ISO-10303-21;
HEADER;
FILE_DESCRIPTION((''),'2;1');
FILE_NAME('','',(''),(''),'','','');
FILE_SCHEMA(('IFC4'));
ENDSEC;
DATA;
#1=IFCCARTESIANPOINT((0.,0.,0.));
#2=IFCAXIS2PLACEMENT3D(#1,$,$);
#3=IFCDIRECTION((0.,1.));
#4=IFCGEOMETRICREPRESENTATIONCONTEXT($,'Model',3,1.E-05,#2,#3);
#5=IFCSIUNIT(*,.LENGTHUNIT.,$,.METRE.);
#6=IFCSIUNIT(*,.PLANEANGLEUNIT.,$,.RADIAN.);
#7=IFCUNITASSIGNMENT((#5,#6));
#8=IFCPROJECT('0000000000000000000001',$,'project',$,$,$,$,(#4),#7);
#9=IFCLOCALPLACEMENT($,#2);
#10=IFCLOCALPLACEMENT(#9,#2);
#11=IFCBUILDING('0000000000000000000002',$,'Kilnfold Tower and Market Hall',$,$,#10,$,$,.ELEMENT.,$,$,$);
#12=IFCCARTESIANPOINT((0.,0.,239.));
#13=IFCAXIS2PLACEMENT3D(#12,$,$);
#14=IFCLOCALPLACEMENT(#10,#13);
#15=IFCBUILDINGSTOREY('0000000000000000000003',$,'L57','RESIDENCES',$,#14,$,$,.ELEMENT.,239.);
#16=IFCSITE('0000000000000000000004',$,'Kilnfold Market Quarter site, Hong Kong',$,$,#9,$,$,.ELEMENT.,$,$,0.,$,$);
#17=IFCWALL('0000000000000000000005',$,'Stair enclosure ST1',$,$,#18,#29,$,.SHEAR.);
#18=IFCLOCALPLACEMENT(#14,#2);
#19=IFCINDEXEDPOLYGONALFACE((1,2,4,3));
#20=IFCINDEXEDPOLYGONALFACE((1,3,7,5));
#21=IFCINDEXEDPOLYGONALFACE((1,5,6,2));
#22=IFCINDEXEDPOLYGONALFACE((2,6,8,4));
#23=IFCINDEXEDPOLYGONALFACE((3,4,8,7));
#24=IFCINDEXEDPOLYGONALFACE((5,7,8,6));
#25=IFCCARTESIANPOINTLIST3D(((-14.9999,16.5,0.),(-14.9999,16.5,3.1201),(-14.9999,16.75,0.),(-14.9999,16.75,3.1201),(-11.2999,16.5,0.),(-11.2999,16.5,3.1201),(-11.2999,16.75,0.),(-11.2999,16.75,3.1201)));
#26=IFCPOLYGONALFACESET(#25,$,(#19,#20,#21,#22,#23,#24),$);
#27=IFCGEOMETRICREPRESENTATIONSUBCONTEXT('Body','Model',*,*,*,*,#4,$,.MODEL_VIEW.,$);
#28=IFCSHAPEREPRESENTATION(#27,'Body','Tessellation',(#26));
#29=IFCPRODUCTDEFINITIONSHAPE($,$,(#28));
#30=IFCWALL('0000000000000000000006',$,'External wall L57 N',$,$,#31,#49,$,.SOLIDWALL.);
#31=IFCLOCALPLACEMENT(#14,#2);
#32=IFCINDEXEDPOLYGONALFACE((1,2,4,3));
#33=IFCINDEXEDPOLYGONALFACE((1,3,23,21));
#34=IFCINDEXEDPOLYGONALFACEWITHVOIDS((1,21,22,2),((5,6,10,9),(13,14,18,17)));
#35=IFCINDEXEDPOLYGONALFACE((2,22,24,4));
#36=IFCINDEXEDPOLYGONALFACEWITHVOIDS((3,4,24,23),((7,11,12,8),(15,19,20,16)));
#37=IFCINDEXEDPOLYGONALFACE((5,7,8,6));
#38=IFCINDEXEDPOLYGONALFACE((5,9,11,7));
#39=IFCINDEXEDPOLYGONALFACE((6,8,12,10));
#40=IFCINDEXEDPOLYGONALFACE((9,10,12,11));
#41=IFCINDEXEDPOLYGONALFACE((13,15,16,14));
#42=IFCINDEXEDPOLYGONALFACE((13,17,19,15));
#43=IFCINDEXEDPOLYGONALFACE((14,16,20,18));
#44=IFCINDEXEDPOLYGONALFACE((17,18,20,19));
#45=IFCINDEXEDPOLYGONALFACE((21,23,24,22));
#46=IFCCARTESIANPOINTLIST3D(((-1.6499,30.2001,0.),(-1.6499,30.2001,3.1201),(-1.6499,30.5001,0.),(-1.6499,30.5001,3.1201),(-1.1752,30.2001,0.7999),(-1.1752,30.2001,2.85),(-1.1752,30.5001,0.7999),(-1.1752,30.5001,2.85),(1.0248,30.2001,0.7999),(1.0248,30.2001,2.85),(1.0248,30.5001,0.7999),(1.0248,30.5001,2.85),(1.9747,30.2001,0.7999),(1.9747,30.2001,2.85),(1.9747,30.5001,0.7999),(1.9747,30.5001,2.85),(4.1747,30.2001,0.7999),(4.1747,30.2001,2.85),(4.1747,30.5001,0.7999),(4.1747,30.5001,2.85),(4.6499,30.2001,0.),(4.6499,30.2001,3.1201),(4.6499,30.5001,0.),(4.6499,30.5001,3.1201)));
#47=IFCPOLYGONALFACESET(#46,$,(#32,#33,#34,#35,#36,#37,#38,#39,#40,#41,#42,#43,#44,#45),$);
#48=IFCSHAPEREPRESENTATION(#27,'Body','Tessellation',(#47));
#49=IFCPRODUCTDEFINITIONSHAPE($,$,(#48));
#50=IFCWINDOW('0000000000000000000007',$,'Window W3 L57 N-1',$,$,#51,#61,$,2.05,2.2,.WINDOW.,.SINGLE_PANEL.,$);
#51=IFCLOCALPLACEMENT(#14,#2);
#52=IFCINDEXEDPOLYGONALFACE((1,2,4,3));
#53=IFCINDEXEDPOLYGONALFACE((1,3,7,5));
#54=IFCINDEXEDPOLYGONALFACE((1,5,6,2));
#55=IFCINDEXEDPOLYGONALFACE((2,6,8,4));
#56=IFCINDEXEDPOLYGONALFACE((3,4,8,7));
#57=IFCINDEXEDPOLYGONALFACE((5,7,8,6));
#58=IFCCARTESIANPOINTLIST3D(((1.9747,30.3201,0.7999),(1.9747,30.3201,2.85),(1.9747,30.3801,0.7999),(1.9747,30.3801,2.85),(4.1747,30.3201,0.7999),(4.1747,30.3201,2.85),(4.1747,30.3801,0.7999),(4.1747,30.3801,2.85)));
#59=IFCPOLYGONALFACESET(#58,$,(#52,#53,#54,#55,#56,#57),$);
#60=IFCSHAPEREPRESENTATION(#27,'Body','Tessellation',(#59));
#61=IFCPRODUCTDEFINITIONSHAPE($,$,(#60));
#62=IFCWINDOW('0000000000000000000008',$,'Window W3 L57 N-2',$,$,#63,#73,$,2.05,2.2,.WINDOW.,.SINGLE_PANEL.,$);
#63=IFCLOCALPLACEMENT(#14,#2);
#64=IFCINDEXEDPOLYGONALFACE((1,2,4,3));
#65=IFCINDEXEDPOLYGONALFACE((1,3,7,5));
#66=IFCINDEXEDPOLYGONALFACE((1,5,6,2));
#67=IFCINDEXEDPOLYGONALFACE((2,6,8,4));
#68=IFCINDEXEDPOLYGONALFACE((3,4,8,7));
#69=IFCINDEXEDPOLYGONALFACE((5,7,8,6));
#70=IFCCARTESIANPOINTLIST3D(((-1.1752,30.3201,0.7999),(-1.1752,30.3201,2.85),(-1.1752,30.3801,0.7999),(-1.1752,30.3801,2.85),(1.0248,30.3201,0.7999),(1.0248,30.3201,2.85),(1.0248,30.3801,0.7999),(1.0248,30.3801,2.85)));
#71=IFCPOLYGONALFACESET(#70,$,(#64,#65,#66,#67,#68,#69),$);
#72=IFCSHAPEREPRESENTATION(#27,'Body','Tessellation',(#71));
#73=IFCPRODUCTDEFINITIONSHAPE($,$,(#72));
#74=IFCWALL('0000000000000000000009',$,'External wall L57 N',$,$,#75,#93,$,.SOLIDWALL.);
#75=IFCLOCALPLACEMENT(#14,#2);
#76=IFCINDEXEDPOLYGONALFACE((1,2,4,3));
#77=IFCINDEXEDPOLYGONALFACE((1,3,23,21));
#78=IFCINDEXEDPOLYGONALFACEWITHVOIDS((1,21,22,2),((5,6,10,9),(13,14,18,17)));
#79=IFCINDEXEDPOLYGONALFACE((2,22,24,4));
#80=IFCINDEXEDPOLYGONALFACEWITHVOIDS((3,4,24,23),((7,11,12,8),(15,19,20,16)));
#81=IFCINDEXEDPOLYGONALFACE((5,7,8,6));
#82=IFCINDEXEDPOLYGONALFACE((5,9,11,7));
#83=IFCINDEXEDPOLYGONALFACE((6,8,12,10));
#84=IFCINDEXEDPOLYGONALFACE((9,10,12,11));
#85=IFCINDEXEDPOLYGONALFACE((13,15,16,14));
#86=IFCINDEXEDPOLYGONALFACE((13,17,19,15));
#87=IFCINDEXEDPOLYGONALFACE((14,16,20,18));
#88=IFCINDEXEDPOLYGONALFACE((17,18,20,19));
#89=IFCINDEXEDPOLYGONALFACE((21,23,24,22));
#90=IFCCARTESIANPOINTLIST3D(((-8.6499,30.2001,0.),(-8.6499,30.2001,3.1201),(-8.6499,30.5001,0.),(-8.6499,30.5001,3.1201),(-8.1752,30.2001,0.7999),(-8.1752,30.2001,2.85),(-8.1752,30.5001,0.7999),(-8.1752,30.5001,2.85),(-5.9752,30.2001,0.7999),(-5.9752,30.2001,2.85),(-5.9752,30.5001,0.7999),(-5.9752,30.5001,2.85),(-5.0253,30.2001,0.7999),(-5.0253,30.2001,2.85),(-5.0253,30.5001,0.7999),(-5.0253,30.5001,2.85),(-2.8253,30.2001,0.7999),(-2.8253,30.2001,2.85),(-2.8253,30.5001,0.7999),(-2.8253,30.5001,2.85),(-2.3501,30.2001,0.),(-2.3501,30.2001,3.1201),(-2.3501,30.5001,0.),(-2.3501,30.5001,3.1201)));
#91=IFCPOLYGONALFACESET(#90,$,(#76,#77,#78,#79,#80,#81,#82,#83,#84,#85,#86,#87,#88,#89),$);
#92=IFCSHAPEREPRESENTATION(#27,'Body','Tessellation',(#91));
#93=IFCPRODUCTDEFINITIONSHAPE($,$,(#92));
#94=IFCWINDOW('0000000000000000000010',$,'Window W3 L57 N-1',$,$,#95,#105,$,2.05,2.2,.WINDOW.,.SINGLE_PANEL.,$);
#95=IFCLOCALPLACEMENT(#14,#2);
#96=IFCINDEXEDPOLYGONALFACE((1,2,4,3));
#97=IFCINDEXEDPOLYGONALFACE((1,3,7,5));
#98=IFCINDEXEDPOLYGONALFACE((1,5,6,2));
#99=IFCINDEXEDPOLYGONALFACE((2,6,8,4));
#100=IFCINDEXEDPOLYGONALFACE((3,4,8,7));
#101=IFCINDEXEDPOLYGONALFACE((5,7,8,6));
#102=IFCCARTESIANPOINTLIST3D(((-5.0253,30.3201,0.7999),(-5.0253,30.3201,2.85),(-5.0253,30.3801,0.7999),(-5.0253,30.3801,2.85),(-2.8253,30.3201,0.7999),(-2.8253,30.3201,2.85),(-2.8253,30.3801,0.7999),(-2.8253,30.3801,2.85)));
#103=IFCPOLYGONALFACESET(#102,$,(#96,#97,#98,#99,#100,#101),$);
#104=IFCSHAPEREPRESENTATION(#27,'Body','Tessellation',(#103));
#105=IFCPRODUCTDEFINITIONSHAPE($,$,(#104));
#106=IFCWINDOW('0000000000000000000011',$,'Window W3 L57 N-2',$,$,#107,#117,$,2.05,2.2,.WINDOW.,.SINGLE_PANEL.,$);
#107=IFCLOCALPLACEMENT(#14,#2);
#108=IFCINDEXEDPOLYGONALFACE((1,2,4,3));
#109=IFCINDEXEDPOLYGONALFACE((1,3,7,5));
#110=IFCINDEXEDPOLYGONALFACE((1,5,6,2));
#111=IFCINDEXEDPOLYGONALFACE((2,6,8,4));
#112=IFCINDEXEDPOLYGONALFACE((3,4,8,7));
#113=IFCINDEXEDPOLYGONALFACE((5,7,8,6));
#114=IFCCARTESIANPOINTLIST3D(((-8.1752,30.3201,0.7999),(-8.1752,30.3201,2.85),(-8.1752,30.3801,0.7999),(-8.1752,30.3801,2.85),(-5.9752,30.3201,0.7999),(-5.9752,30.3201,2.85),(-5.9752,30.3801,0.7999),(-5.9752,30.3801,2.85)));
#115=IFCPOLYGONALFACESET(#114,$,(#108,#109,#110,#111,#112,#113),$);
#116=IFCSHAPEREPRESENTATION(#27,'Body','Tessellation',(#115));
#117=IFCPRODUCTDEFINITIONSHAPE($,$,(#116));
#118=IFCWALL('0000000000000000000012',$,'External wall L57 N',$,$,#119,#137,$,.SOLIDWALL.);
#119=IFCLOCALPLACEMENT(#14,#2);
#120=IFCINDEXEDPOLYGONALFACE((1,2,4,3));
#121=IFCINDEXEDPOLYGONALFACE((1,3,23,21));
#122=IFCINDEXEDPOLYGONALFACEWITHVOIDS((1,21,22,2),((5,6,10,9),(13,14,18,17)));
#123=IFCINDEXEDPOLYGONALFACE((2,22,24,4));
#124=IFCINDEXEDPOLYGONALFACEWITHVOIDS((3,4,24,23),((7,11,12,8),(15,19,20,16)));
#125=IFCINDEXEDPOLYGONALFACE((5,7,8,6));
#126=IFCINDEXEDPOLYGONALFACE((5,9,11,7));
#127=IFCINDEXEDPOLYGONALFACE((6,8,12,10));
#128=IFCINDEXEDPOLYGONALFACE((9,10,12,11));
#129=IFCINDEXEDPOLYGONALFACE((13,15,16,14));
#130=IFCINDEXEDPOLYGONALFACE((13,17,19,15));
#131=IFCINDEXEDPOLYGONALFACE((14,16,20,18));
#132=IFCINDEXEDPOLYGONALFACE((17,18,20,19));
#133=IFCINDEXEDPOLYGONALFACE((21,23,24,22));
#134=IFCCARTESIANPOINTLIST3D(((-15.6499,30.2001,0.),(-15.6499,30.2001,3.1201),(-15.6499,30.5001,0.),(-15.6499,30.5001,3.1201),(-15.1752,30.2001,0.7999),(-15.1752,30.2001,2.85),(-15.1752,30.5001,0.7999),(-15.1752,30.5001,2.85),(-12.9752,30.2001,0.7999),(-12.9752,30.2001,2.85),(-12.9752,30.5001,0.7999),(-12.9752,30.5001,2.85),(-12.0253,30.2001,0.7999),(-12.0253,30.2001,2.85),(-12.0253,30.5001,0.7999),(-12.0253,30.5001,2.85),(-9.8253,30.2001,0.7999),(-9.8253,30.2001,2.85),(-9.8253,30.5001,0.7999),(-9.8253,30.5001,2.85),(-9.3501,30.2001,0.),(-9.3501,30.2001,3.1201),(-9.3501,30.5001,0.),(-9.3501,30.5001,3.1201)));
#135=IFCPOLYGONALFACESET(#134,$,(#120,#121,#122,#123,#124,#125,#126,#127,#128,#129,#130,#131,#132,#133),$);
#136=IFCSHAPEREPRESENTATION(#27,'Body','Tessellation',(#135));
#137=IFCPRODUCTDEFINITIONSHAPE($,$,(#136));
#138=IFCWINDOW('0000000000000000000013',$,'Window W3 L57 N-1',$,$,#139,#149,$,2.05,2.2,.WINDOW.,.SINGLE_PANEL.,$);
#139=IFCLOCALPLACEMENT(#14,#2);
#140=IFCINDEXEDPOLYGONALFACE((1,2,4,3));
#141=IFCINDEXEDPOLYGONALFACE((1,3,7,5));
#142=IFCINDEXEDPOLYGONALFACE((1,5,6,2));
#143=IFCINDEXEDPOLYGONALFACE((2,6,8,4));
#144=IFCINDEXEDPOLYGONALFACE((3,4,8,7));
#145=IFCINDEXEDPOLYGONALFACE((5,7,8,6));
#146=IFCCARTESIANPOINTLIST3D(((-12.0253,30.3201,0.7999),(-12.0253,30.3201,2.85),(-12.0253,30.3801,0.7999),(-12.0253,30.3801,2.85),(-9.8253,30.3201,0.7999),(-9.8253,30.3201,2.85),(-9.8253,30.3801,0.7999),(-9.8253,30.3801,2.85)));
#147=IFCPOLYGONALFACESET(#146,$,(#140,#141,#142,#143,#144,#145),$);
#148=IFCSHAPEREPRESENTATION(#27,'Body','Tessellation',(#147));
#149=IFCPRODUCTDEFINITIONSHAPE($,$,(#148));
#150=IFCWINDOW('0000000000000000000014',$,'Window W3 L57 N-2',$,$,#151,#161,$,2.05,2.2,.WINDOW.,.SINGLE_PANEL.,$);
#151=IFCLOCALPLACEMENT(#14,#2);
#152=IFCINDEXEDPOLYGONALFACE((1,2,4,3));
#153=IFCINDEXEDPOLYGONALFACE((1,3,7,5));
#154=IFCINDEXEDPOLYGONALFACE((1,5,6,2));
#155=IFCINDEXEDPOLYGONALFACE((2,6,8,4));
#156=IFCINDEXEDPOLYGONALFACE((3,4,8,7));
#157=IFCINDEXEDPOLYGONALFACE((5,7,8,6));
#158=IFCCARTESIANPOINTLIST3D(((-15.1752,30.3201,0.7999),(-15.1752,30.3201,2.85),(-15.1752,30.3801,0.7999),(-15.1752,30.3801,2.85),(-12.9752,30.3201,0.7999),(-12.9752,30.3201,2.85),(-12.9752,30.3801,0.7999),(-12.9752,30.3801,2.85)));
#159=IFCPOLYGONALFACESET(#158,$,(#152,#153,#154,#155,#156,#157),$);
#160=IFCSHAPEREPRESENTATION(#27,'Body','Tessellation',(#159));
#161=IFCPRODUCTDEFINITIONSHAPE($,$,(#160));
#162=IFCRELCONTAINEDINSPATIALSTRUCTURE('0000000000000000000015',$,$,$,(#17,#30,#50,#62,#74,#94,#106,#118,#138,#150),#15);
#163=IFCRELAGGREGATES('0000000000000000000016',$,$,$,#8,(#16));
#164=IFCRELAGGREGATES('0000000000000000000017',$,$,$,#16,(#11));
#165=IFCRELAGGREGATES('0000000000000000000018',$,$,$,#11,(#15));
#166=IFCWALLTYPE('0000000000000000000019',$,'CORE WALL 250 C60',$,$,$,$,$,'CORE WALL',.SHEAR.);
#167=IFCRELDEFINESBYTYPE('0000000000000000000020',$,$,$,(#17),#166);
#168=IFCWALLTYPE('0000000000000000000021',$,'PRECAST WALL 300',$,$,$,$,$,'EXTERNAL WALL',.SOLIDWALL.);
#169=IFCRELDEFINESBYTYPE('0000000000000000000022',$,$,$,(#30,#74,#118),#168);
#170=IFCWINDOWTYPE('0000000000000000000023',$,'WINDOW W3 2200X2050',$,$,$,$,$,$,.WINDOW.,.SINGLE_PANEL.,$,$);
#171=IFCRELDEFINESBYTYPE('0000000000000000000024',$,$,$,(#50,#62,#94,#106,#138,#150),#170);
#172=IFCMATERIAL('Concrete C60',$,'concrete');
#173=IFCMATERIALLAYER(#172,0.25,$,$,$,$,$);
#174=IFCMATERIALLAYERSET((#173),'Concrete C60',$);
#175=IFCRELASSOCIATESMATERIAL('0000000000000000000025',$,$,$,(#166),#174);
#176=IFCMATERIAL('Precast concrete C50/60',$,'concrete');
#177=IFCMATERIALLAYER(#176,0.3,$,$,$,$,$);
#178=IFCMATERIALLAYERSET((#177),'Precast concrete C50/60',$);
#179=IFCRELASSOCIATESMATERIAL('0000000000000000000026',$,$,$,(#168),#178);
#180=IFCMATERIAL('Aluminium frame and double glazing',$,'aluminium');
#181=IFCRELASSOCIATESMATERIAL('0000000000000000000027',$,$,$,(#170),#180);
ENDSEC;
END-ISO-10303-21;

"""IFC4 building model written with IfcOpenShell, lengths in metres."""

from ifc_helpers import new_model, si_unit, direction, frame, frame_2d, origin, place, context, subcontext, project, spatial, rectangle, extrude, source, transform, mapped, material, layer, layer_set, type_object, element, fill, save


model = new_model("IFC4")

# Units and contexts
model_context = context("Model", 3, precision=1e-05, world=origin(), true_north=direction((0.0, 1.0)))
body_context = subcontext(model_context, "Body", "Model", "MODEL_VIEW")
ifc_project = project(units=[si_unit("LENGTHUNIT", "METRE"), si_unit("PLANEANGLEUNIT", "RADIAN")], contexts=[model_context])

# Site, building, storey
site_placement = place(None, origin())
site = spatial("IfcSite", under=ifc_project, at=site_placement, Name="Kilnfold Market Quarter site, Hong Kong", CompositionType="ELEMENT", RefElevation=0.0)
building_placement = place(site_placement, origin())
building = spatial("IfcBuilding", under=site, at=building_placement, Name="Kilnfold Tower and Market Hall", CompositionType="ELEMENT")
storey_placement = place(building_placement, frame((0.0, 0.0, 239.0)))
storey = spatial("IfcBuildingStorey", under=building, at=storey_placement, Name="L57", Description="RESIDENCES", CompositionType="ELEMENT", Elevation=239.0)

# Wall
ifc_material_1 = material(Name="Concrete C60", Category="concrete")
ifc_layer_1 = layer(ifc_material_1, 0.25)
ifc_layer_set_1 = layer_set([ifc_layer_1], Name="Concrete C60")
wall_type_1 = type_object("IfcWallType", Name="CORE WALL 250 C60", ElementType="CORE WALL", PredefinedType="SHEAR", material=ifc_layer_set_1)
shared_shape_1 = source(origin(), body_context, "Body", "SweptSolid", [
    extrude(rectangle(XDim=3.7, YDim=0.25, at=frame_2d((1.8501, 0.0))), origin(), (0.0, 0.0, 1.0), 3.1201),
])
wall_1_placement = place(storey_placement, frame((-15.0, 16.625, 0.0), z_axis=(0.0, 0.0, 1.0), x_axis=(1.0, 0.0, 0.0)))
element("IfcWall", 1, at=wall_1_placement, inside=storey, type_object=wall_type_1, Name="Stair enclosure ST1", PredefinedType="SHEAR", context=body_context, shape_type="MappedRepresentation", body=[
    mapped(shared_shape_1, transform((0.0, 0.0, 0.0))),
])

# Walls, openings, windows
ifc_material_2 = material(Name="Precast concrete C50/60", Category="concrete")
ifc_layer_2 = layer(ifc_material_2, 0.3)
ifc_layer_set_2 = layer_set([ifc_layer_2], Name="Precast concrete C50/60")
wall_type_2 = type_object("IfcWallType", Name="PRECAST WALL 300", ElementType="EXTERNAL WALL", PredefinedType="SOLIDWALL", material=ifc_layer_set_2)
shared_shape_2 = source(origin(), body_context, "Body", "SweptSolid", [
    extrude(rectangle(XDim=6.2998, YDim=0.3, at=frame_2d((3.1499, 0.0))), origin(), (0.0, 0.0, 1.0), 3.1201),
])
wall_2_placement = place(storey_placement, frame((4.6499, 30.3501, 0.0), z_axis=(0.0, 0.0, 1.0), x_axis=(-1.0, 0.0, 0.0)))
wall_2 = element("IfcWall", 2, at=wall_2_placement, inside=storey, type_object=wall_type_2, Name="External wall L57 N", PredefinedType="SOLIDWALL", context=body_context, shape_type="MappedRepresentation", body=[
    mapped(shared_shape_2, transform((0.0, 0.0, 0.0))),
])
opening_1_placement = place(wall_2_placement, frame((0.4751, 0.0, 0.8)))
opening_1 = element("IfcOpeningElement", 3, at=opening_1_placement, cuts=wall_2, PredefinedType="OPENING", context=body_context, shape_type="SweptSolid", body=[
    extrude(rectangle(XDim=2.2, YDim=2.05, at=frame_2d((1.1001, 1.0249))), frame((0.0, 0.1602, 0.0), z_axis=(0.0, -1.0, 0.0), x_axis=(1.0, 0.0, 0.0)), (0.0, 0.0, 1.0), 0.3201),
])
opening_2_placement = place(wall_2_placement, frame((3.625, 0.0, 0.8)))
opening_2 = element("IfcOpeningElement", 4, at=opening_2_placement, cuts=wall_2, PredefinedType="OPENING", context=body_context, shape_type="SweptSolid", body=[
    extrude(rectangle(XDim=2.2, YDim=2.05, at=frame_2d((1.1001, 1.0249))), frame((0.0, 0.1602, 0.0), z_axis=(0.0, -1.0, 0.0), x_axis=(1.0, 0.0, 0.0)), (0.0, 0.0, 1.0), 0.3201),
])
ifc_material_3 = material(Name="Aluminium frame and double glazing", Category="aluminium")
window_type = type_object("IfcWindowType", Name="WINDOW W3 2200X2050", PartitioningType="SINGLE_PANEL", PredefinedType="WINDOW", material=ifc_material_3)
window_1_placement = place(opening_1_placement, origin())
window_1 = element("IfcWindow", 5, at=window_1_placement, inside=storey, type_object=window_type, Name="Window W3 L57 N-1", OverallHeight=2.05, OverallWidth=2.2, PartitioningType="SINGLE_PANEL", PredefinedType="WINDOW", context=body_context, shape_type="SweptSolid", body=[
    extrude(rectangle(XDim=2.2, YDim=2.05, at=frame_2d((1.1001, 1.0249))), frame((0.0, 0.03, 0.0), z_axis=(0.0, -1.0, 0.0), x_axis=(1.0, 0.0, 0.0)), (0.0, 0.0, 1.0), 0.0601),
])
fill(opening_1, window_1)
window_2_placement = place(opening_2_placement, origin())
window_2 = element("IfcWindow", 6, at=window_2_placement, inside=storey, type_object=window_type, Name="Window W3 L57 N-2", OverallHeight=2.05, OverallWidth=2.2, PartitioningType="SINGLE_PANEL", PredefinedType="WINDOW", context=body_context, shape_type="SweptSolid", body=[
    extrude(rectangle(XDim=2.2, YDim=2.05, at=frame_2d((1.1001, 1.0249))), frame((0.0, 0.03, 0.0), z_axis=(0.0, -1.0, 0.0), x_axis=(1.0, 0.0, 0.0)), (0.0, 0.0, 1.0), 0.0601),
])
fill(opening_2, window_2)
wall_3_placement = place(storey_placement, frame((-2.3501, 30.3501, 0.0), z_axis=(0.0, 0.0, 1.0), x_axis=(-1.0, 0.0, 0.0)))
wall_3 = element("IfcWall", 7, at=wall_3_placement, inside=storey, type_object=wall_type_2, Name="External wall L57 N", PredefinedType="SOLIDWALL", context=body_context, shape_type="MappedRepresentation", body=[
    mapped(shared_shape_2, transform((0.0, 0.0, 0.0))),
])
opening_3_placement = place(wall_3_placement, frame((0.4751, 0.0, 0.8)))
opening_3 = element("IfcOpeningElement", 8, at=opening_3_placement, cuts=wall_3, PredefinedType="OPENING", context=body_context, shape_type="SweptSolid", body=[
    extrude(rectangle(XDim=2.2, YDim=2.05, at=frame_2d((1.1001, 1.0249))), frame((0.0, 0.1602, 0.0), z_axis=(0.0, -1.0, 0.0), x_axis=(1.0, 0.0, 0.0)), (0.0, 0.0, 1.0), 0.3201),
])
opening_4_placement = place(wall_3_placement, frame((3.625, 0.0, 0.8)))
opening_4 = element("IfcOpeningElement", 9, at=opening_4_placement, cuts=wall_3, PredefinedType="OPENING", context=body_context, shape_type="SweptSolid", body=[
    extrude(rectangle(XDim=2.2, YDim=2.05, at=frame_2d((1.1001, 1.0249))), frame((0.0, 0.1602, 0.0), z_axis=(0.0, -1.0, 0.0), x_axis=(1.0, 0.0, 0.0)), (0.0, 0.0, 1.0), 0.3201),
])
window_3_placement = place(opening_3_placement, origin())
window_3 = element("IfcWindow", 10, at=window_3_placement, inside=storey, type_object=window_type, Name="Window W3 L57 N-1", OverallHeight=2.05, OverallWidth=2.2, PartitioningType="SINGLE_PANEL", PredefinedType="WINDOW", context=body_context, shape_type="SweptSolid", body=[
    extrude(rectangle(XDim=2.2, YDim=2.05, at=frame_2d((1.1001, 1.0249))), frame((0.0, 0.03, 0.0), z_axis=(0.0, -1.0, 0.0), x_axis=(1.0, 0.0, 0.0)), (0.0, 0.0, 1.0), 0.0601),
])
fill(opening_3, window_3)
window_4_placement = place(opening_4_placement, origin())
window_4 = element("IfcWindow", 11, at=window_4_placement, inside=storey, type_object=window_type, Name="Window W3 L57 N-2", OverallHeight=2.05, OverallWidth=2.2, PartitioningType="SINGLE_PANEL", PredefinedType="WINDOW", context=body_context, shape_type="SweptSolid", body=[
    extrude(rectangle(XDim=2.2, YDim=2.05, at=frame_2d((1.1001, 1.0249))), frame((0.0, 0.03, 0.0), z_axis=(0.0, -1.0, 0.0), x_axis=(1.0, 0.0, 0.0)), (0.0, 0.0, 1.0), 0.0601),
])
fill(opening_4, window_4)
wall_4_placement = place(storey_placement, frame((-9.3501, 30.3501, 0.0), z_axis=(0.0, 0.0, 1.0), x_axis=(-1.0, 0.0, 0.0)))
wall_4 = element("IfcWall", 12, at=wall_4_placement, inside=storey, type_object=wall_type_2, Name="External wall L57 N", PredefinedType="SOLIDWALL", context=body_context, shape_type="MappedRepresentation", body=[
    mapped(shared_shape_2, transform((0.0, 0.0, 0.0))),
])
opening_5_placement = place(wall_4_placement, frame((0.4751, 0.0, 0.8)))
opening_5 = element("IfcOpeningElement", 13, at=opening_5_placement, cuts=wall_4, PredefinedType="OPENING", context=body_context, shape_type="SweptSolid", body=[
    extrude(rectangle(XDim=2.2, YDim=2.05, at=frame_2d((1.1001, 1.0249))), frame((0.0, 0.1602, 0.0), z_axis=(0.0, -1.0, 0.0), x_axis=(1.0, 0.0, 0.0)), (0.0, 0.0, 1.0), 0.3201),
])
opening_6_placement = place(wall_4_placement, frame((3.625, 0.0, 0.8)))
opening_6 = element("IfcOpeningElement", 14, at=opening_6_placement, cuts=wall_4, PredefinedType="OPENING", context=body_context, shape_type="SweptSolid", body=[
    extrude(rectangle(XDim=2.2, YDim=2.05, at=frame_2d((1.1001, 1.0249))), frame((0.0, 0.1602, 0.0), z_axis=(0.0, -1.0, 0.0), x_axis=(1.0, 0.0, 0.0)), (0.0, 0.0, 1.0), 0.3201),
])
window_5_placement = place(opening_5_placement, origin())
window_5 = element("IfcWindow", 15, at=window_5_placement, inside=storey, type_object=window_type, Name="Window W3 L57 N-1", OverallHeight=2.05, OverallWidth=2.2, PartitioningType="SINGLE_PANEL", PredefinedType="WINDOW", context=body_context, shape_type="SweptSolid", body=[
    extrude(rectangle(XDim=2.2, YDim=2.05, at=frame_2d((1.1001, 1.0249))), frame((0.0, 0.03, 0.0), z_axis=(0.0, -1.0, 0.0), x_axis=(1.0, 0.0, 0.0)), (0.0, 0.0, 1.0), 0.0601),
])
fill(opening_5, window_5)
window_6_placement = place(opening_6_placement, origin())
window_6 = element("IfcWindow", 16, at=window_6_placement, inside=storey, type_object=window_type, Name="Window W3 L57 N-2", OverallHeight=2.05, OverallWidth=2.2, PartitioningType="SINGLE_PANEL", PredefinedType="WINDOW", context=body_context, shape_type="SweptSolid", body=[
    extrude(rectangle(XDim=2.2, YDim=2.05, at=frame_2d((1.1001, 1.0249))), frame((0.0, 0.03, 0.0), z_axis=(0.0, -1.0, 0.0), x_axis=(1.0, 0.0, 0.0)), (0.0, 0.0, 1.0), 0.0601),
])
fill(opening_6, window_6)

save(model, "model.ifc")
